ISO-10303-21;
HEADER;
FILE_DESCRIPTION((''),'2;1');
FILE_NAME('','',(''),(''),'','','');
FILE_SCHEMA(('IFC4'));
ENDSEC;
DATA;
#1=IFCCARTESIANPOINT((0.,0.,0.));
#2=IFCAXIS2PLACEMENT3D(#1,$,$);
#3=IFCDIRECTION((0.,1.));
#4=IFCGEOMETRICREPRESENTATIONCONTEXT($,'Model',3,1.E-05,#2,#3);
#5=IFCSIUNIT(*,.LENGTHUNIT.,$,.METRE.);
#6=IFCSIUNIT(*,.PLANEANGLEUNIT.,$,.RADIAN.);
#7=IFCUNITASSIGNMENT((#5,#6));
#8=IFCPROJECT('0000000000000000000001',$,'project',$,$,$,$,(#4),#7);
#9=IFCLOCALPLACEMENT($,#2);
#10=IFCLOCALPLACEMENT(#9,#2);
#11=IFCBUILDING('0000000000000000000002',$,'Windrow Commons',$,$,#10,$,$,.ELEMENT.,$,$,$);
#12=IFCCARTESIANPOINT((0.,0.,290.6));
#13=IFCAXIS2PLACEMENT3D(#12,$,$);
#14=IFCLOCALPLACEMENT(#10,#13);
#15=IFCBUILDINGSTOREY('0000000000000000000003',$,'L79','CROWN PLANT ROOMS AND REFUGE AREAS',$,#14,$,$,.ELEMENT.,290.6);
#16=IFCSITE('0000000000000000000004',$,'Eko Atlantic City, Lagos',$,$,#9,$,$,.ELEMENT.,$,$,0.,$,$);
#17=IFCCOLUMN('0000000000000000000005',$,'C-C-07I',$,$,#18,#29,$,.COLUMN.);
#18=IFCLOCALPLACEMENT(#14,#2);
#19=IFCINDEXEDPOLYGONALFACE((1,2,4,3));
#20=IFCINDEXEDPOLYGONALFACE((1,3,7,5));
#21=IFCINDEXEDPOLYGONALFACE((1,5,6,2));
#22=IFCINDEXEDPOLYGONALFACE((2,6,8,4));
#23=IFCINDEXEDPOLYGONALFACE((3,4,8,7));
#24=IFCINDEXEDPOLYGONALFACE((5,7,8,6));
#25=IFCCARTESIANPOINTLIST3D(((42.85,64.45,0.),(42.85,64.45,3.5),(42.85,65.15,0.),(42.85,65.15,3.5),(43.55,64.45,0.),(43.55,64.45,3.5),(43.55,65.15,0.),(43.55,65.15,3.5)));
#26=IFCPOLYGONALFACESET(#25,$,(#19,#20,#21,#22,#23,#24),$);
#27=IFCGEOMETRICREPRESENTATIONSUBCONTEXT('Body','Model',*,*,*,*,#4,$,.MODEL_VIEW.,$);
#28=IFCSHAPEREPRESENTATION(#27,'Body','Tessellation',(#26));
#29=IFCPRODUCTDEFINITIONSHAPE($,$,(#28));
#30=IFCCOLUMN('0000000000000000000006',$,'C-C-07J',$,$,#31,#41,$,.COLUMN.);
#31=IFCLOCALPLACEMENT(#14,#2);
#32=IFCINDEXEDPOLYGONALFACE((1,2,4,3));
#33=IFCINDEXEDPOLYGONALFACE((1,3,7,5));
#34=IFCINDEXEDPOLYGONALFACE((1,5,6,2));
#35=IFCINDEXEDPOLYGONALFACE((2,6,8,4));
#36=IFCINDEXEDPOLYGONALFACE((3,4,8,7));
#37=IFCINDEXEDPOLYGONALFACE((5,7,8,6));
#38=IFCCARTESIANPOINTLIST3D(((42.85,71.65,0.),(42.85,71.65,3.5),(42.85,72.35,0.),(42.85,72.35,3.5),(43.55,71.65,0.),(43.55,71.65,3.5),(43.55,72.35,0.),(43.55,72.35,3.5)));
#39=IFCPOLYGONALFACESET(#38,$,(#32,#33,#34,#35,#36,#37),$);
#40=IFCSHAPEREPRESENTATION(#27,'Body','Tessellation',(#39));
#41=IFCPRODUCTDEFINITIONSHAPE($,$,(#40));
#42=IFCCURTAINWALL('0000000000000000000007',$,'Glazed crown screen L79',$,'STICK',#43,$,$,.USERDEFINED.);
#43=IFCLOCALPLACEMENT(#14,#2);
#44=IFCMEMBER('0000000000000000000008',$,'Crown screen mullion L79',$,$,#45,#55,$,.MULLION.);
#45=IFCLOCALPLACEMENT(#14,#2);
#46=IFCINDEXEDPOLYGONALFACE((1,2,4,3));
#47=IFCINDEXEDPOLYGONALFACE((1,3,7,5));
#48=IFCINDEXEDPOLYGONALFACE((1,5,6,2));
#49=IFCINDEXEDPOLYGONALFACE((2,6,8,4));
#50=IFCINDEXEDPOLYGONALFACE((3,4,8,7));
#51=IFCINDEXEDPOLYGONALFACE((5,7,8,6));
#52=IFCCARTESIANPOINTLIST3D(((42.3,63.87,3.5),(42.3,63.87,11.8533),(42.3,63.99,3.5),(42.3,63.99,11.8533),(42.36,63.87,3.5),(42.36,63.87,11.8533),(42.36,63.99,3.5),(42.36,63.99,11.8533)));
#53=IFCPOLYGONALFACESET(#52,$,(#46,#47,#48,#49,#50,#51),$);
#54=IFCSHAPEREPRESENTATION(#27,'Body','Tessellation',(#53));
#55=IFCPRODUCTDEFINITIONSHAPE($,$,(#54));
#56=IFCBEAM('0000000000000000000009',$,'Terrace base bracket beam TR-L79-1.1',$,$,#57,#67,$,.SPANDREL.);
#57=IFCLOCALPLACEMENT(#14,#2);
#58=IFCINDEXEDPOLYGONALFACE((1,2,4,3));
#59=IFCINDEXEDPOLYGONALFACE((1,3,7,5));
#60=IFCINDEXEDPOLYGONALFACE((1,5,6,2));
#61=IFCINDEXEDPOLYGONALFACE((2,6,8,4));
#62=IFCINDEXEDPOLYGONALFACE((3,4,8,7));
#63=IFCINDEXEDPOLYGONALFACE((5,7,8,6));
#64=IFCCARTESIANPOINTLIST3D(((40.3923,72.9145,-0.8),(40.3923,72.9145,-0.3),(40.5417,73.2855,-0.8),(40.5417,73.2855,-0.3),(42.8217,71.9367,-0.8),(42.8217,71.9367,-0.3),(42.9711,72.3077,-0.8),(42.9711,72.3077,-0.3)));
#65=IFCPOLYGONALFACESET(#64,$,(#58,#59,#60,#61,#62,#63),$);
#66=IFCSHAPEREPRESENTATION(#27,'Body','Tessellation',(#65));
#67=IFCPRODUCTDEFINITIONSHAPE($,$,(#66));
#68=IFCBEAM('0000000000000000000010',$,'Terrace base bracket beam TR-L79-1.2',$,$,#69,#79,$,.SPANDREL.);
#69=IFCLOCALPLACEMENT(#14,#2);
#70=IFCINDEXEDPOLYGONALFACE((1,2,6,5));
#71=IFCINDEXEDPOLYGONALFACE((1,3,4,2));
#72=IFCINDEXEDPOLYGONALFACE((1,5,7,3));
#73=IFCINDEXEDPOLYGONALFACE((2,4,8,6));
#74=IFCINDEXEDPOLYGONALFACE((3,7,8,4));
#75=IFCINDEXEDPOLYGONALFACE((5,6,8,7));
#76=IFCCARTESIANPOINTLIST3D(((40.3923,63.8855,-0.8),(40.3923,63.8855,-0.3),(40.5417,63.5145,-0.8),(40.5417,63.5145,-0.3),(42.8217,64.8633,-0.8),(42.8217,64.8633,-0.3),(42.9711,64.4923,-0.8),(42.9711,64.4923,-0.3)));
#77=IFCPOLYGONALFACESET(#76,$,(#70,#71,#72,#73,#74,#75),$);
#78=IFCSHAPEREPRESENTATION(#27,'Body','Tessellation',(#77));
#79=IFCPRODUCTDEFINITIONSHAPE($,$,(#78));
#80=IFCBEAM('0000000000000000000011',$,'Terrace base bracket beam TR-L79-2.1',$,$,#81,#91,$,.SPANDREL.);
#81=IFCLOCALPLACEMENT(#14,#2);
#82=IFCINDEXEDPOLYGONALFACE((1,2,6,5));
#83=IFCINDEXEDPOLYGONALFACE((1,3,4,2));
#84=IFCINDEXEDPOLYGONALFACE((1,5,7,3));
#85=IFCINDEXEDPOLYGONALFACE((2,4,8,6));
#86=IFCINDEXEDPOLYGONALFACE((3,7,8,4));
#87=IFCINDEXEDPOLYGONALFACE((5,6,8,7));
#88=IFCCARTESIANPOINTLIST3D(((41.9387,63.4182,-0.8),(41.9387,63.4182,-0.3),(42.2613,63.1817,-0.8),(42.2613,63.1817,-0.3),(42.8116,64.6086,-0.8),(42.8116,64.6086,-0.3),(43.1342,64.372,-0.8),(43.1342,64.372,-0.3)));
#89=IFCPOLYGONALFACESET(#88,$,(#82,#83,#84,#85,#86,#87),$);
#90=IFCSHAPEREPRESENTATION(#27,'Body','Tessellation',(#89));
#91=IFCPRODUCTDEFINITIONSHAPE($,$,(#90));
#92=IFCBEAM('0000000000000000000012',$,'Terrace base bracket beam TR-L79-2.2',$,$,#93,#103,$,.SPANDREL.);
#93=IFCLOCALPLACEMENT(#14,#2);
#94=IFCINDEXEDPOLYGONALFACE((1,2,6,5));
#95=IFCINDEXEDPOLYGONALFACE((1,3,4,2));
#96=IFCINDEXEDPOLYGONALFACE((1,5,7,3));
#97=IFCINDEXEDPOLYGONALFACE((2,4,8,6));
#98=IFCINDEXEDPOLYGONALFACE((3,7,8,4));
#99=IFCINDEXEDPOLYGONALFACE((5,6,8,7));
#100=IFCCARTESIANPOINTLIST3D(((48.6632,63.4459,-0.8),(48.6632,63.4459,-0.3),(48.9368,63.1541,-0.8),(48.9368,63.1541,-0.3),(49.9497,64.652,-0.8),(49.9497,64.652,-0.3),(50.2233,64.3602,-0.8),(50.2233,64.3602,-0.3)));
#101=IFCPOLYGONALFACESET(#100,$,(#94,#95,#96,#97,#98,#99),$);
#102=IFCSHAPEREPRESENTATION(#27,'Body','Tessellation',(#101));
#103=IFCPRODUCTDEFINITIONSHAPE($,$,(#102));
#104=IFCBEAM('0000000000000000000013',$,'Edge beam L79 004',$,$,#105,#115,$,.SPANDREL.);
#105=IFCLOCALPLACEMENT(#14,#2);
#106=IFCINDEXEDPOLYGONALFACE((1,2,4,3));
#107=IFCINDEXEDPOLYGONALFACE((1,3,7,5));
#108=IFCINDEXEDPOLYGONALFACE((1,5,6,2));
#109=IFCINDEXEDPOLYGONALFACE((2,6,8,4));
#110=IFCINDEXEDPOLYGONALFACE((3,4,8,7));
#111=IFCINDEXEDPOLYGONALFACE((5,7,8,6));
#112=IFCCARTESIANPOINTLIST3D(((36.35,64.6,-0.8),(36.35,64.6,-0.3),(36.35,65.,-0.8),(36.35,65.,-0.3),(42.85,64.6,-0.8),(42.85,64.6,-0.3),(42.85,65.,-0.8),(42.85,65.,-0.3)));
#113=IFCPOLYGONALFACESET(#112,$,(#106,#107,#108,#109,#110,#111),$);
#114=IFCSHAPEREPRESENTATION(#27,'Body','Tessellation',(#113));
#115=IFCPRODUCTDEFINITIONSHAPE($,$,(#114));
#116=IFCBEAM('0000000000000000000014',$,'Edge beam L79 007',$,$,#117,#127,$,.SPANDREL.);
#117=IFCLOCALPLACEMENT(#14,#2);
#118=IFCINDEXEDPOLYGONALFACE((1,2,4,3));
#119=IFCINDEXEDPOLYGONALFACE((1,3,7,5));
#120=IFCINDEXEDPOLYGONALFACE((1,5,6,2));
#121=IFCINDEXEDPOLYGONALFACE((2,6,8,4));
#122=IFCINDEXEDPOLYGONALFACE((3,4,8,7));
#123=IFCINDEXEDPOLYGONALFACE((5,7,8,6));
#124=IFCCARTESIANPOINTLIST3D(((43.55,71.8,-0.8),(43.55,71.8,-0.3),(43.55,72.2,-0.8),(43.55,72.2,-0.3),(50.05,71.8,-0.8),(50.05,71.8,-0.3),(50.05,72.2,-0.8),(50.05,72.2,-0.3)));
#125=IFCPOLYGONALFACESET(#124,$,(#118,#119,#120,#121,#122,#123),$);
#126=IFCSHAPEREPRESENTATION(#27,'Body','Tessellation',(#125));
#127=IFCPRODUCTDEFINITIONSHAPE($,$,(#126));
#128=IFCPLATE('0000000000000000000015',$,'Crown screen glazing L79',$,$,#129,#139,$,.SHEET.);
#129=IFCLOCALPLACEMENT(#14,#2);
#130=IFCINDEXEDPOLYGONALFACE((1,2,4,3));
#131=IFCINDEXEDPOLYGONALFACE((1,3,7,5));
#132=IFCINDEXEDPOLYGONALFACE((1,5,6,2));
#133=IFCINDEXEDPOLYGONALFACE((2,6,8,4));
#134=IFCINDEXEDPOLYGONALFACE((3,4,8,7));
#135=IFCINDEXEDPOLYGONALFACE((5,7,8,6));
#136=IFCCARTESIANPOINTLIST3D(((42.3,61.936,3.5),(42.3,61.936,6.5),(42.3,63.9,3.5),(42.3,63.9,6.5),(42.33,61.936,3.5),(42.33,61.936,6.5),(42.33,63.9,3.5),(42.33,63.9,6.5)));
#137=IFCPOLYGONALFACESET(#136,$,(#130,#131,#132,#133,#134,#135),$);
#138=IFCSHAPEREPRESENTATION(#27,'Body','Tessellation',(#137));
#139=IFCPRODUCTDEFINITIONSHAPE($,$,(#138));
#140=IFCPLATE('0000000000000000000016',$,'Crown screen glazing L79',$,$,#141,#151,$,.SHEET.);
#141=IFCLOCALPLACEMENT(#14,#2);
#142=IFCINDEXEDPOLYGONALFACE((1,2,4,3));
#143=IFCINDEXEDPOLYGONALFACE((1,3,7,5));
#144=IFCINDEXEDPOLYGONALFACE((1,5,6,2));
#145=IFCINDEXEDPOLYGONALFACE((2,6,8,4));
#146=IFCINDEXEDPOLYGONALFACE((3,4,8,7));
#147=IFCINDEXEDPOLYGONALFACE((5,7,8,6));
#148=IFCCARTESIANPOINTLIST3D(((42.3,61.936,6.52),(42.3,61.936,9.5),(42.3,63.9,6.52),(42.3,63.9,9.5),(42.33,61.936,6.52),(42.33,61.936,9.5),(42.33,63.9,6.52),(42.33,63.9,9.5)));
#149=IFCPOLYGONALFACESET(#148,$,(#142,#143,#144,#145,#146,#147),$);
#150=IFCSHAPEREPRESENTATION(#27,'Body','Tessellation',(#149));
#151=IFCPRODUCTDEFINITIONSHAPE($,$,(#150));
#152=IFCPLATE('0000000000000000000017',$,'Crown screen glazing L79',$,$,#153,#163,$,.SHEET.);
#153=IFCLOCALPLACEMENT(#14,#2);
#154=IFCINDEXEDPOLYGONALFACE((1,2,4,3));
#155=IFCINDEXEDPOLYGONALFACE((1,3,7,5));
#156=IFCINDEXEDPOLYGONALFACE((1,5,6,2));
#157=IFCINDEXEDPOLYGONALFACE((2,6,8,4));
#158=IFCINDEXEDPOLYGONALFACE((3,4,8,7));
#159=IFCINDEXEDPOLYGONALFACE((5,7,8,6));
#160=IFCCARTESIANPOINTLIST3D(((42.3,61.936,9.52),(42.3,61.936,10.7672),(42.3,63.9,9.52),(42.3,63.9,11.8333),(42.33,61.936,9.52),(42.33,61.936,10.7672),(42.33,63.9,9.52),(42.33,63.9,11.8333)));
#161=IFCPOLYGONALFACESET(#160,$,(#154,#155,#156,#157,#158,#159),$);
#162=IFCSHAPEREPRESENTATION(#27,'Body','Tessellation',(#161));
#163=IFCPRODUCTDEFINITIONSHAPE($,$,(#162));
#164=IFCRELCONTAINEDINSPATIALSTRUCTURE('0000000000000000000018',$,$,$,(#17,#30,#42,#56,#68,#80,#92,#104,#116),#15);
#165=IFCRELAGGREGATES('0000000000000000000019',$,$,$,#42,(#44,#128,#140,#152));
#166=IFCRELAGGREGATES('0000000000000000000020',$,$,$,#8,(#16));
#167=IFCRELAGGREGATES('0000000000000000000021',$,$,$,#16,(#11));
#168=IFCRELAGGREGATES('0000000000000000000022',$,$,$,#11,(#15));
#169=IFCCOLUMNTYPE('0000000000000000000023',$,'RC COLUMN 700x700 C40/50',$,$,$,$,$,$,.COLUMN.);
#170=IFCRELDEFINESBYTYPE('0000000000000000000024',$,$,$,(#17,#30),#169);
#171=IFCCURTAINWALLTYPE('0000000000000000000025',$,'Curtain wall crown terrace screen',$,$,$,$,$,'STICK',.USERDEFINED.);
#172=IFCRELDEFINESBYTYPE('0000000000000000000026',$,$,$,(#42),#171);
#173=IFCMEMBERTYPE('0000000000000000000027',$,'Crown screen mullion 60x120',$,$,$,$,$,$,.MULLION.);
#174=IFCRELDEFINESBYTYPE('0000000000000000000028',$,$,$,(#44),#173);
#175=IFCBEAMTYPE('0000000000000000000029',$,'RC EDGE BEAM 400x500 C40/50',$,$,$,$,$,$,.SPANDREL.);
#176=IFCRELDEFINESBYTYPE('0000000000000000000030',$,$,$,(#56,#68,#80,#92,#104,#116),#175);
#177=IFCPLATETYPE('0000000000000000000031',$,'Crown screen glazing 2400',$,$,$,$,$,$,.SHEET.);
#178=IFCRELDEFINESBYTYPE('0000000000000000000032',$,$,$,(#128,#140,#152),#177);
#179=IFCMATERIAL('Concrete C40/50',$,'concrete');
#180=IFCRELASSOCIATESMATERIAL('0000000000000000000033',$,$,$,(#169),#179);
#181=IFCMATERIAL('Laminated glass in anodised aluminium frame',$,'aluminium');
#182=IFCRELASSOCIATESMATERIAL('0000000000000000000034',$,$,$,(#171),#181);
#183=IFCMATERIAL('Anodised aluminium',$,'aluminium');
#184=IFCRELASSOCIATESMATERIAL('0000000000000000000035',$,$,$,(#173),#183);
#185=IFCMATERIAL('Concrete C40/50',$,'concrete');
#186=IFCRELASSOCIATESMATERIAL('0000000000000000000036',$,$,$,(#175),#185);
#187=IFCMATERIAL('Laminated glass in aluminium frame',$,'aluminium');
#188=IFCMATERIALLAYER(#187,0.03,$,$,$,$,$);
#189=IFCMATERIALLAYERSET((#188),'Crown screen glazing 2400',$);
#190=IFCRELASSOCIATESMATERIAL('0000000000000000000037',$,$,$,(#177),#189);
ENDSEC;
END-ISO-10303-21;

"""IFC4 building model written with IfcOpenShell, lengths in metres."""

from ifc_helpers import new_model, si_unit, direction, frame, origin, origin_2d, place, context, subcontext, project, spatial, polyline, rectangle, outline, extrude, material, layer, layer_set, material_profile, profile_set, type_object, element, aggregate, save


model = new_model("IFC4")

# Units and contexts
model_context = context("Model", 3, precision=1e-05, world=origin(), true_north=direction((0.0, 1.0)))
body_context = subcontext(model_context, "Body", "Model", "MODEL_VIEW")
ifc_project = project(units=[si_unit("LENGTHUNIT", "METRE"), si_unit("PLANEANGLEUNIT", "RADIAN")], contexts=[model_context])

# Site, building, storey
site_placement = place(None, origin())
site = spatial("IfcSite", under=ifc_project, at=site_placement, Name="Eko Atlantic City, Lagos", CompositionType="ELEMENT", RefElevation=0.0)
building_placement = place(site_placement, origin())
building = spatial("IfcBuilding", under=site, at=building_placement, Name="Windrow Commons", CompositionType="ELEMENT")
storey_placement = place(building_placement, frame((0.0, 0.0, 290.6)))
storey = spatial("IfcBuildingStorey", under=building, at=storey_placement, Name="L79", Description="CROWN PLANT ROOMS AND REFUGE AREAS", CompositionType="ELEMENT", Elevation=290.6)

# Columns
ifc_material_1 = material(Name="Concrete C40/50", Category="concrete")
ifc_material_profile_1 = material_profile(ifc_material_1, rectangle(XDim=0.7, YDim=0.7, at=origin_2d()))
ifc_profile_set_1 = profile_set([ifc_material_profile_1], Name="Concrete C40/50")
column_type = type_object("IfcColumnType", Name="RC COLUMN 700x700 C40/50", PredefinedType="COLUMN", material=ifc_profile_set_1)
for number, where, z_axis, x_axis, name in (
    (1, (43.2, 64.8, 0.0), (0.0, 0.0, 1.0), (1.0, 0.0, 0.0), "C-C-07I"),
    (2, (43.2, 72.0, 0.0), (0.0, 0.0, 1.0), (1.0, 0.0, 0.0), "C-C-07J"),
):
    element("IfcColumn", number, at=place(storey_placement, frame(where, z_axis=z_axis, x_axis=x_axis)), inside=storey, type_object=column_type, Name=name, PredefinedType="COLUMN", context=body_context, shape_type="SweptSolid", body=[
        extrude(rectangle(XDim=0.7, YDim=0.7, at=origin_2d()), origin(), (0.0, 0.0, 1.0), 3.5),
    ])

# Curtain wall, member
ifc_material_2 = material(Name="Laminated glass in anodised aluminium frame", Category="aluminium")
curtain_wall_type = type_object("IfcCurtainWallType", Name="Curtain wall crown terrace screen", ElementType="STICK", PredefinedType="USERDEFINED", material=ifc_material_2)
curtain_wall_placement = place(storey_placement, origin())
curtain_wall = element("IfcCurtainWall", 3, at=curtain_wall_placement, inside=storey, type_object=curtain_wall_type, Name="Glazed crown screen L79", ObjectType="STICK", PredefinedType="USERDEFINED")
ifc_material_3 = material(Name="Anodised aluminium", Category="aluminium")
ifc_material_profile_2 = material_profile(ifc_material_3, rectangle(XDim=0.06, YDim=0.12, at=origin_2d()))
ifc_profile_set_2 = profile_set([ifc_material_profile_2], Name="Anodised aluminium")
member_type = type_object("IfcMemberType", Name="Crown screen mullion 60x120", PredefinedType="MULLION", material=ifc_profile_set_2)
member_placement = place(storey_placement, frame((42.33, 63.93, 3.5), z_axis=(0.0, 0.0, 1.0), x_axis=(1.0, 0.0, 0.0)))
member = element("IfcMember", 4, at=member_placement, type_object=member_type, Name="Crown screen mullion L79", PredefinedType="MULLION", context=body_context, shape_type="SweptSolid", body=[
    extrude(rectangle(XDim=0.06, YDim=0.12, at=origin_2d()), origin(), (0.0, 0.0, 1.0), 8.3533),
])

# Beams
ifc_material_4 = material(Name="Concrete C40/50", Category="concrete")
ifc_material_profile_3 = material_profile(ifc_material_4, rectangle(XDim=0.4, YDim=0.5, at=origin_2d()))
ifc_profile_set_3 = profile_set([ifc_material_profile_3], Name="Concrete C40/50")
beam_type = type_object("IfcBeamType", Name="RC EDGE BEAM 400x500 C40/50", PredefinedType="SPANDREL", material=ifc_profile_set_3)
for number, where, z_axis, x_axis, name in (
    (5, (42.8964, 72.1222, -0.55), (-0.927679, 0.373378, 0.0), (-0.373378, -0.927679, 0.0), "Terrace base bracket beam TR-L79-1.1"),
    (6, (42.8964, 64.6778, -0.55), (-0.927679, -0.373378, 0.0), (0.373378, -0.927679, 0.0), "Terrace base bracket beam TR-L79-1.2"),
):
    element("IfcBeam", number, at=place(storey_placement, frame(where, z_axis=z_axis, x_axis=x_axis)), inside=storey, type_object=beam_type, Name=name, PredefinedType="SPANDREL", context=body_context, shape_type="SweptSolid", body=[
        extrude(rectangle(XDim=0.4, YDim=0.5, at=origin_2d()), origin(), (0.0, 0.0, 1.0), 2.6188),
    ])
beam_1_placement = place(storey_placement, frame((42.9729, 64.4903, -0.55), z_axis=(-0.59137, -0.806401, 0.0), x_axis=(0.806401, -0.59137, 0.0)))
element("IfcBeam", 7, at=beam_1_placement, inside=storey, type_object=beam_type, Name="Terrace base bracket beam TR-L79-2.1", PredefinedType="SPANDREL", context=body_context, shape_type="SweptSolid", body=[
    extrude(rectangle(XDim=0.4, YDim=0.5, at=origin_2d()), origin(), (0.0, 0.0, 1.0), 1.4761),
])
beam_2_placement = place(storey_placement, frame((50.0865, 64.5061, -0.55), z_axis=(-0.729535, -0.683943, 0.0), x_axis=(0.683943, -0.729535, 0.0)))
element("IfcBeam", 8, at=beam_2_placement, inside=storey, type_object=beam_type, Name="Terrace base bracket beam TR-L79-2.2", PredefinedType="SPANDREL", context=body_context, shape_type="SweptSolid", body=[
    extrude(rectangle(XDim=0.4, YDim=0.5, at=origin_2d()), origin(), (0.0, 0.0, 1.0), 1.7635),
])
for number, where, z_axis, x_axis, name in (
    (9, (42.85, 64.8, -0.55), (-1.0, 0.0, 0.0), (0.0, -1.0, 0.0), "Edge beam L79 004"),
    (10, (43.55, 72.0, -0.55), (1.0, 0.0, 0.0), (0.0, 1.0, 0.0), "Edge beam L79 007"),
):
    element("IfcBeam", number, at=place(storey_placement, frame(where, z_axis=z_axis, x_axis=x_axis)), inside=storey, type_object=beam_type, Name=name, PredefinedType="SPANDREL", context=body_context, shape_type="SweptSolid", body=[
        extrude(rectangle(XDim=0.4, YDim=0.5, at=origin_2d()), origin(), (0.0, 0.0, 1.0), 6.5),
    ])

# Plates
ifc_material_5 = material(Name="Laminated glass in aluminium frame", Category="aluminium")
ifc_layer_1 = layer(ifc_material_5, 0.03)
ifc_layer_set_1 = layer_set([ifc_layer_1], Name="Crown screen glazing 2400")
plate_type = type_object("IfcPlateType", Name="Crown screen glazing 2400", PredefinedType="SHEET", material=ifc_layer_set_1)
plate_1_placement = place(storey_placement, frame((42.33, 61.936, 3.5), z_axis=(1.0, 0.0, 0.0), x_axis=(0.0, 1.0, 0.0)))
plate_1 = element("IfcPlate", 11, at=plate_1_placement, type_object=plate_type, Name="Crown screen glazing L79", PredefinedType="SHEET", context=body_context, shape_type="SweptSolid", body=[
    extrude(outline(polyline([(0.0, 0.0), (1.964, 0.0), (1.964, 3.0), (0.0, 3.0), (0.0, 0.0)])), origin(), (0.0, 0.0, -1.0), 0.03),
])
plate_2_placement = place(storey_placement, frame((42.33, 61.936, 6.52), z_axis=(1.0, 0.0, 0.0), x_axis=(0.0, 1.0, 0.0)))
plate_2 = element("IfcPlate", 12, at=plate_2_placement, type_object=plate_type, Name="Crown screen glazing L79", PredefinedType="SHEET", context=body_context, shape_type="SweptSolid", body=[
    extrude(outline(polyline([(0.0, 0.0), (1.964, 0.0), (1.964, 2.98), (0.0, 2.98), (0.0, 0.0)])), origin(), (0.0, 0.0, -1.0), 0.03),
])
plate_3_placement = place(storey_placement, frame((42.33, 61.936, 9.52), z_axis=(1.0, 0.0, 0.0), x_axis=(0.0, 1.0, 0.0)))
plate_3 = element("IfcPlate", 13, at=plate_3_placement, type_object=plate_type, Name="Crown screen glazing L79", PredefinedType="SHEET", context=body_context, shape_type="SweptSolid", body=[
    extrude(outline(polyline([(0.0, 0.0), (1.964, 0.0), (1.964, 2.3133), (0.0, 1.2472), (0.0, 0.0)])), origin(), (0.0, 0.0, -1.0), 0.03),
])
aggregate(curtain_wall, [member, plate_1, plate_2, plate_3])

save(model, "model.ifc")
